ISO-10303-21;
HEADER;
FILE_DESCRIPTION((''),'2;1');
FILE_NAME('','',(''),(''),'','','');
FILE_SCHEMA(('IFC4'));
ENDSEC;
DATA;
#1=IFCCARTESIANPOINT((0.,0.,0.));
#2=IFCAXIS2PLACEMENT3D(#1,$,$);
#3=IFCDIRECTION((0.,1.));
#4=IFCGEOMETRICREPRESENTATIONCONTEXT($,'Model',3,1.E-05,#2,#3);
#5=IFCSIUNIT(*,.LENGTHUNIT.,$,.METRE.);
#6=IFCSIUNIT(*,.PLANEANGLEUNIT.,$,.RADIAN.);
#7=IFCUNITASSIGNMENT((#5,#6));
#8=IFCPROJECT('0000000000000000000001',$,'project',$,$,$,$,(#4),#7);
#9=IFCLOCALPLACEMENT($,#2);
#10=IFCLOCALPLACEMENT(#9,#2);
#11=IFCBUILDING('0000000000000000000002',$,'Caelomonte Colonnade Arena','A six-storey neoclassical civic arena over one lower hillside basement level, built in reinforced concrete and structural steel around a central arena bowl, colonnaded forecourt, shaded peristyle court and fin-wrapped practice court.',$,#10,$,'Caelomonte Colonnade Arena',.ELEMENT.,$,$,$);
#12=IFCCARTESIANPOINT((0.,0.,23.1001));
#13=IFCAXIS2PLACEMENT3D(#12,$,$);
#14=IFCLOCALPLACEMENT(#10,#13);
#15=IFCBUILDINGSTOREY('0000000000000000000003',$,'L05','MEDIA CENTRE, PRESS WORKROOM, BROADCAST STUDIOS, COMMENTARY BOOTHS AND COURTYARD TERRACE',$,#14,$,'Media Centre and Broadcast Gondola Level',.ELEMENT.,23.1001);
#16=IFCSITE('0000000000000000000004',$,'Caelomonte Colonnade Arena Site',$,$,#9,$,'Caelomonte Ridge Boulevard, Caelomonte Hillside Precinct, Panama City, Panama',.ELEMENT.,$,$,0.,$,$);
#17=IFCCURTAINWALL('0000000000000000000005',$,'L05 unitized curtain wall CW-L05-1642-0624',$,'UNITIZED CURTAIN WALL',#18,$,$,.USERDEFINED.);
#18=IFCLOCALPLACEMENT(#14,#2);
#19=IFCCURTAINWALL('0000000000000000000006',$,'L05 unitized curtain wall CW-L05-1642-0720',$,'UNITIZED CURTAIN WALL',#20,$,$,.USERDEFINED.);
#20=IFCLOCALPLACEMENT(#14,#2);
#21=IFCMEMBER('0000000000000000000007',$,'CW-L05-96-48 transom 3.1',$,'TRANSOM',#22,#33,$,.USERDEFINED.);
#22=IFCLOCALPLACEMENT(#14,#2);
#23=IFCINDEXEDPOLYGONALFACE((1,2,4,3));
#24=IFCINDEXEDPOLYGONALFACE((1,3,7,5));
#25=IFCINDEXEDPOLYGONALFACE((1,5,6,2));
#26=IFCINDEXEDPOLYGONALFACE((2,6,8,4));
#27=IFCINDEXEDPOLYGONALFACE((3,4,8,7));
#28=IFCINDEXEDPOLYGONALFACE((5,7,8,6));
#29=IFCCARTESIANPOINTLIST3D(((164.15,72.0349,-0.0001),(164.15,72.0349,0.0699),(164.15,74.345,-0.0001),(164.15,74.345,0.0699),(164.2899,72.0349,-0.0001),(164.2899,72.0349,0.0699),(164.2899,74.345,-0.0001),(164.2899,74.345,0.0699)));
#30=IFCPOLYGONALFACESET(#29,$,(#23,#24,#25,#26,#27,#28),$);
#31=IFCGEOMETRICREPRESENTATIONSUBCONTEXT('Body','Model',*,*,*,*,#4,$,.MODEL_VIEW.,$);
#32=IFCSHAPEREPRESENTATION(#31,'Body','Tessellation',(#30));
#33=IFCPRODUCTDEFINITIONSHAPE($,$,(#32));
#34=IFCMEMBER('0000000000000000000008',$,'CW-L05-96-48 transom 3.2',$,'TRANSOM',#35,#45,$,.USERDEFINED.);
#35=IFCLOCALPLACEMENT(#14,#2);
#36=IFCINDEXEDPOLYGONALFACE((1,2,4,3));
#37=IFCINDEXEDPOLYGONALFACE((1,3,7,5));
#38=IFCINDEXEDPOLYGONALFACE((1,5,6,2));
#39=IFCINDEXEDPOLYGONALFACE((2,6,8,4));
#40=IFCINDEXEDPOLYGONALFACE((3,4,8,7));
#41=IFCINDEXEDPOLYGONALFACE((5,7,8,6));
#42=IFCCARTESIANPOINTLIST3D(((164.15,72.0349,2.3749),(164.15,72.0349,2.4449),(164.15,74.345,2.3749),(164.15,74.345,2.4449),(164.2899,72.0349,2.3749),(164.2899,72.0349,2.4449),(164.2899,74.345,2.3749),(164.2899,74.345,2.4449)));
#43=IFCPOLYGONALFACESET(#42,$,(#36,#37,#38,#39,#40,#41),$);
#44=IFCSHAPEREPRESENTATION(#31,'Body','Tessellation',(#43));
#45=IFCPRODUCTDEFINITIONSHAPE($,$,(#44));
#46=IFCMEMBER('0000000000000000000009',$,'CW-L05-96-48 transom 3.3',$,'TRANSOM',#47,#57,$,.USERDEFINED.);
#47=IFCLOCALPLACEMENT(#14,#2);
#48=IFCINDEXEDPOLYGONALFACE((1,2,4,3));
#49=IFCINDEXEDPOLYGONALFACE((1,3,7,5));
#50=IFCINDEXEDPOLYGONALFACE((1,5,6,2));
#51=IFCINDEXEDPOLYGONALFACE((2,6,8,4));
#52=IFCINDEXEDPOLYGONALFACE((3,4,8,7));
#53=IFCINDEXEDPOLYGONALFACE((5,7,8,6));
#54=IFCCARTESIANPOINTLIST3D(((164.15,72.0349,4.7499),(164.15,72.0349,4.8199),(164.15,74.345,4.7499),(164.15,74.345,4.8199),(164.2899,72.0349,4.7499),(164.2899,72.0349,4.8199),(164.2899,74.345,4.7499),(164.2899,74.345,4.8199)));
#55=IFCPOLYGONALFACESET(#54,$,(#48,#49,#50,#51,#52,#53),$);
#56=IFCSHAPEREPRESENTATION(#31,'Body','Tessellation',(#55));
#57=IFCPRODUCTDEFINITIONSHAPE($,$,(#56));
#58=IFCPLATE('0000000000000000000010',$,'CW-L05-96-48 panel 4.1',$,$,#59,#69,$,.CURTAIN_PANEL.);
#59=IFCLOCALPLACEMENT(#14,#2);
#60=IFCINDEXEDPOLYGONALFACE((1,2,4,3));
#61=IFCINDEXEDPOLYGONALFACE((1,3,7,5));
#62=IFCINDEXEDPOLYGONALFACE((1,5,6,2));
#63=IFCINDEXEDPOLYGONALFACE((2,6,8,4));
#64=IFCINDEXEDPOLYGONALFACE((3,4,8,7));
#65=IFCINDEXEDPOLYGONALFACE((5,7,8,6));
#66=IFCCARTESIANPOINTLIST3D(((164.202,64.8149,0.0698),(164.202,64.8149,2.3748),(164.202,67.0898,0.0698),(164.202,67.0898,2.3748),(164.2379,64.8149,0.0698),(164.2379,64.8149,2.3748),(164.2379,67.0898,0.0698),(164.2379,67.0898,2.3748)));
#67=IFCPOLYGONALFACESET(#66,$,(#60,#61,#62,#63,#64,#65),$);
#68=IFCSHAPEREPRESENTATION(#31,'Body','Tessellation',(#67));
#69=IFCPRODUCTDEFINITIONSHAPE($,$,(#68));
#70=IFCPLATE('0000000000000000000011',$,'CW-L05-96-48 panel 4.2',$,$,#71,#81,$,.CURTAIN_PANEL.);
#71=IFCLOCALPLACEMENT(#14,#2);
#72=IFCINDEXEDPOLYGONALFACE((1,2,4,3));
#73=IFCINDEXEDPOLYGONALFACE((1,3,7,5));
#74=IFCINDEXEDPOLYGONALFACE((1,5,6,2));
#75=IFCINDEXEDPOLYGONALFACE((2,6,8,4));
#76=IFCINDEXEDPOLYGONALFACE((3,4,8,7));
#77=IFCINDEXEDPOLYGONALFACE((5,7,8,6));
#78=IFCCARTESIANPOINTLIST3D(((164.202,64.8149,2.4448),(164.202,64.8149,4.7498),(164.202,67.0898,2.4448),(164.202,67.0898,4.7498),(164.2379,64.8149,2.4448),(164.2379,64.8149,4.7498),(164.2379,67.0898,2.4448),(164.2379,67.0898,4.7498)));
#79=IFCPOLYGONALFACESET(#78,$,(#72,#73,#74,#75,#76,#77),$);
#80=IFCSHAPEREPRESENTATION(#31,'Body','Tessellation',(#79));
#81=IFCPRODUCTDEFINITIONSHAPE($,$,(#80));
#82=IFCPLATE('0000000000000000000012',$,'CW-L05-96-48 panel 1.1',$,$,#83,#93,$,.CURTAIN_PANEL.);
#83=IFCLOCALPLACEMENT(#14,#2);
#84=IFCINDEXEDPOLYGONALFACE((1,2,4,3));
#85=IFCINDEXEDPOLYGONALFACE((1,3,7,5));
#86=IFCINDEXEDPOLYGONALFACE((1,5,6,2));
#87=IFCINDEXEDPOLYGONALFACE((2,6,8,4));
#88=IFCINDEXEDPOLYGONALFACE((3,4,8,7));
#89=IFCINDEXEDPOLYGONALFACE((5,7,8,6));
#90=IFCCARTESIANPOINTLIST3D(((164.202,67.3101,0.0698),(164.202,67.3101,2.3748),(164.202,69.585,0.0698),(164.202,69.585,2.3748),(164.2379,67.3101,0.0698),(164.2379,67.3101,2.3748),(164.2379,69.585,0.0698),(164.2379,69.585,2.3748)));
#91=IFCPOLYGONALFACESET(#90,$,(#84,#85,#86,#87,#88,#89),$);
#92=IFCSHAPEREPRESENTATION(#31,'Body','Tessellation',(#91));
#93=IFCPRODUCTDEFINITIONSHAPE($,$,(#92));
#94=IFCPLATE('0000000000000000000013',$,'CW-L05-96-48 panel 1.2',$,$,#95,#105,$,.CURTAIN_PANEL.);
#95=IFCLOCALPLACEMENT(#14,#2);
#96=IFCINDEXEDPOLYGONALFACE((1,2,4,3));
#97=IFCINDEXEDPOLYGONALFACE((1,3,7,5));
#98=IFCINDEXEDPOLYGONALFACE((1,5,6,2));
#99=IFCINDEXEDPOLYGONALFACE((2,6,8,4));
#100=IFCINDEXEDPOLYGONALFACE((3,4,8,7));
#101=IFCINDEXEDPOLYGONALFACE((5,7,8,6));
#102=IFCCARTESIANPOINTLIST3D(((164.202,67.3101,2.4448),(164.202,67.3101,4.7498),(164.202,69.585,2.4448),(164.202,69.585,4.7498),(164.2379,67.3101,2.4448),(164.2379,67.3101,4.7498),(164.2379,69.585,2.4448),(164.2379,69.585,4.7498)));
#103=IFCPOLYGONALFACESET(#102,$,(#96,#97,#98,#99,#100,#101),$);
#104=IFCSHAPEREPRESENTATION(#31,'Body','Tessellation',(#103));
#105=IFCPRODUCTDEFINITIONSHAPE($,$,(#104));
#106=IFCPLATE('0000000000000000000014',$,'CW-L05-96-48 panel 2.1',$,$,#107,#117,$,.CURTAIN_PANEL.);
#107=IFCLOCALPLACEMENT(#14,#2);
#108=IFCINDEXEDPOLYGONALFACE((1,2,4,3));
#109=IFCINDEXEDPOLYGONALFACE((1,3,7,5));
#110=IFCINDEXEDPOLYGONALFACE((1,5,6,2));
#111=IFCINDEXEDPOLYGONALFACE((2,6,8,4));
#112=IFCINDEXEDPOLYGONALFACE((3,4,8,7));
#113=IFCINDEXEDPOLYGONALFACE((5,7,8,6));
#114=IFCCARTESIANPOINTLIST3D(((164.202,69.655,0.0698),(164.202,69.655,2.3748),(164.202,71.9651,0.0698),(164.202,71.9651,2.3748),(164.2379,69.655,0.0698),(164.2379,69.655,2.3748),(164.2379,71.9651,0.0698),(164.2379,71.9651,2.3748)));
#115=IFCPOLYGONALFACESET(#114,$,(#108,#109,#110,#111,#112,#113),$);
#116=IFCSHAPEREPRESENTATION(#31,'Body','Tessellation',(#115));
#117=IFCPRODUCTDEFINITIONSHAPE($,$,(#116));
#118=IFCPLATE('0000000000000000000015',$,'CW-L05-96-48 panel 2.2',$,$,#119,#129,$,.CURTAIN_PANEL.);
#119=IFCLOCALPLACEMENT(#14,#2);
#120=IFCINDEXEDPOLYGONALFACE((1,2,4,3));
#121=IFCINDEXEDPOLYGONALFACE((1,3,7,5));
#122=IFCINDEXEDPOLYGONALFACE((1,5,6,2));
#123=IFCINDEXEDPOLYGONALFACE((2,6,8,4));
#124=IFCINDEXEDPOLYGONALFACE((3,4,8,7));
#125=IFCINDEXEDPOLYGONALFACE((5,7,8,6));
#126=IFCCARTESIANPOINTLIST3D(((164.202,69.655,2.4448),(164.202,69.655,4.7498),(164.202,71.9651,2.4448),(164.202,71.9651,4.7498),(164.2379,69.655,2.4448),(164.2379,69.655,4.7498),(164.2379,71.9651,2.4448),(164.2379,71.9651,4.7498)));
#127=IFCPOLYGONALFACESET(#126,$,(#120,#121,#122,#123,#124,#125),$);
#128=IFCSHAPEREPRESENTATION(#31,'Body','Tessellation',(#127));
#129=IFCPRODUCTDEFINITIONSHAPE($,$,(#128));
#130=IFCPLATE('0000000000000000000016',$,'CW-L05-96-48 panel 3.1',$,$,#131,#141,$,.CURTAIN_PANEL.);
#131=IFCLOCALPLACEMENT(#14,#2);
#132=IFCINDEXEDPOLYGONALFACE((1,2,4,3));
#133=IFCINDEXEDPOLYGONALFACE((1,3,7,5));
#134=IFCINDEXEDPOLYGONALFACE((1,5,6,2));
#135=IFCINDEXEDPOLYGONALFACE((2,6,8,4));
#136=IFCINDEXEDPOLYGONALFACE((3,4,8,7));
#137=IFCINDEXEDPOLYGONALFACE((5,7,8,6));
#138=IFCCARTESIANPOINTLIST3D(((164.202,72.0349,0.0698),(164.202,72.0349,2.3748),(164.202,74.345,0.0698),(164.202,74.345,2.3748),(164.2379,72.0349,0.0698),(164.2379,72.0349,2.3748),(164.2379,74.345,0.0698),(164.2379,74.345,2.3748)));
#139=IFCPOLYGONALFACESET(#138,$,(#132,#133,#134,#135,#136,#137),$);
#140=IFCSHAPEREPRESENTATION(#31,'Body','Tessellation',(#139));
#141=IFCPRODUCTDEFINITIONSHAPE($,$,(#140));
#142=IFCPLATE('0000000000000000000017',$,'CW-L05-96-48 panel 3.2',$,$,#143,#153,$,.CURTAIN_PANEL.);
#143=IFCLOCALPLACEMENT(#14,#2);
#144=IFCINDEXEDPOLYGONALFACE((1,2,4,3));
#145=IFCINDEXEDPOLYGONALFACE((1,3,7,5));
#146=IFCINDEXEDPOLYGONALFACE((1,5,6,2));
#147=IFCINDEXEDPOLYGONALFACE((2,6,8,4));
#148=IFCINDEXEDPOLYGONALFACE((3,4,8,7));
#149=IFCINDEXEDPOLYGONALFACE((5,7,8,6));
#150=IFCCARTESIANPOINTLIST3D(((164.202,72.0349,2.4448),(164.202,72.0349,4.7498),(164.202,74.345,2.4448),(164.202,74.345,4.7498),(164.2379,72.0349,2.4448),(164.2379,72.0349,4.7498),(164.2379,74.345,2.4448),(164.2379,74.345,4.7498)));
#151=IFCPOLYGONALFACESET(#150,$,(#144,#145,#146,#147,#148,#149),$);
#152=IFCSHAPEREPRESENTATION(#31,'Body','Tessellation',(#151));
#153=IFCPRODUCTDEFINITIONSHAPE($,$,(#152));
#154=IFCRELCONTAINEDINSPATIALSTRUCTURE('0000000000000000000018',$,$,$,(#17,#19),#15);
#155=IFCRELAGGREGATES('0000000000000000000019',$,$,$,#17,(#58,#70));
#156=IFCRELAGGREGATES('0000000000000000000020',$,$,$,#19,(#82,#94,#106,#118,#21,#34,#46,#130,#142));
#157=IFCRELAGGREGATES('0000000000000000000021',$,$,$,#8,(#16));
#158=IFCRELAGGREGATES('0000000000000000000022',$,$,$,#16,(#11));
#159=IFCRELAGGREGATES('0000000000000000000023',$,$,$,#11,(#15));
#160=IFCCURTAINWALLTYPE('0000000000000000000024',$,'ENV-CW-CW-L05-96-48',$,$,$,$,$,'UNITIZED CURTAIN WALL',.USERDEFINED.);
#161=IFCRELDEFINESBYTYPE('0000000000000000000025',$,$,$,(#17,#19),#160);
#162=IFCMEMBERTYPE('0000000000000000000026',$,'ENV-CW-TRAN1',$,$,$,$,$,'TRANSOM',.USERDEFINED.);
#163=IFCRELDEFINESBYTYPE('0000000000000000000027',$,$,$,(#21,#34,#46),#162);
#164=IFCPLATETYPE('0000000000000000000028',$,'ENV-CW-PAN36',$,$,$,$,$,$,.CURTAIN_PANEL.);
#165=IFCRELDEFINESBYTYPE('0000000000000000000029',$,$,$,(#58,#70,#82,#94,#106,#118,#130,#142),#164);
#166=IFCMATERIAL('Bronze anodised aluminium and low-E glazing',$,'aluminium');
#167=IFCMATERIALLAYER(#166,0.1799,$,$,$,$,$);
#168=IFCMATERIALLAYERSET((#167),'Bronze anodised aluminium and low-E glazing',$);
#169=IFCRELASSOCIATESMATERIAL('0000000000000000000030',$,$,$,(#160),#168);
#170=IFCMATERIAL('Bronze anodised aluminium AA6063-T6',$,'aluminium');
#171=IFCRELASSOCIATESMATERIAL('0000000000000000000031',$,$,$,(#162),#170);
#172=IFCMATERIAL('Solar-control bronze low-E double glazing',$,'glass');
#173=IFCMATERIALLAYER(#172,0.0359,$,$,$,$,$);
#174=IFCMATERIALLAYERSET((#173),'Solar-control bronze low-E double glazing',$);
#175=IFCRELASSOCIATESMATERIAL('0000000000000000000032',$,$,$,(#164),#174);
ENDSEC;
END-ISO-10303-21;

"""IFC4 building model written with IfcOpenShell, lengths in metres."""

from ifc_helpers import new_model, si_unit, direction, frame, origin, origin_2d, place, context, subcontext, project, spatial, rectangle, extrude, material, layer, layer_set, material_profile, profile_set, type_object, element, aggregate, save


model = new_model("IFC4")

# Units and contexts
model_context = context("Model", 3, precision=1e-05, world=origin(), true_north=direction((0.0, 1.0)))
body_context = subcontext(model_context, "Body", "Model", "MODEL_VIEW")
ifc_project = project(units=[si_unit("LENGTHUNIT", "METRE"), si_unit("PLANEANGLEUNIT", "RADIAN")], contexts=[model_context])

# Site, building, storey
site_placement = place(None, origin())
site = spatial("IfcSite", under=ifc_project, at=site_placement, Name="Caelomonte Colonnade Arena Site", LongName="Caelomonte Ridge Boulevard, Caelomonte Hillside Precinct, Panama City, Panama", CompositionType="ELEMENT", RefElevation=0.0)
building_placement = place(site_placement, origin())
building = spatial("IfcBuilding", under=site, at=building_placement, Name="Caelomonte Colonnade Arena", Description="A six-storey neoclassical civic arena over one lower hillside basement level, built in reinforced concrete and structural steel around a central arena bowl, colonnaded forecourt, shaded peristyle court and fin-wrapped practice court.", LongName="Caelomonte Colonnade Arena", CompositionType="ELEMENT")
storey_placement = place(building_placement, frame((0.0, 0.0, 23.1001)))
storey = spatial("IfcBuildingStorey", under=building, at=storey_placement, Name="L05", Description="MEDIA CENTRE, PRESS WORKROOM, BROADCAST STUDIOS, COMMENTARY BOOTHS AND COURTYARD TERRACE", LongName="Media Centre and Broadcast Gondola Level", CompositionType="ELEMENT", Elevation=23.1001)

# Curtain walls
ifc_material_1 = material(Name="Bronze anodised aluminium and low-E glazing", Category="aluminium")
ifc_layer_1 = layer(ifc_material_1, 0.1799)
ifc_layer_set_1 = layer_set([ifc_layer_1], Name="Bronze anodised aluminium and low-E glazing")
curtain_wall_type = type_object("IfcCurtainWallType", Name="ENV-CW-CW-L05-96-48", ElementType="UNITIZED CURTAIN WALL", PredefinedType="USERDEFINED", material=ifc_layer_set_1)
curtain_wall_1_placement = place(storey_placement, origin())
curtain_wall_1 = element("IfcCurtainWall", 1, at=curtain_wall_1_placement, inside=storey, type_object=curtain_wall_type, Name="L05 unitized curtain wall CW-L05-1642-0624", ObjectType="UNITIZED CURTAIN WALL", PredefinedType="USERDEFINED")
ifc_material_2 = material(Name="Bronze anodised aluminium AA6063-T6", Category="aluminium")
curtain_wall_2_placement = place(storey_placement, origin())
curtain_wall_2 = element("IfcCurtainWall", 2, at=curtain_wall_2_placement, inside=storey, type_object=curtain_wall_type, Name="L05 unitized curtain wall CW-L05-1642-0720", ObjectType="UNITIZED CURTAIN WALL", PredefinedType="USERDEFINED")

# Members
ifc_material_profile_1 = material_profile(ifc_material_2, rectangle(XDim=0.0701, YDim=0.1399, at=origin_2d()), Name="CWT-70X140")
ifc_profile_set_1 = profile_set([ifc_material_profile_1], Name="Bronze anodised aluminium AA6063-T6")
member_type_1 = type_object("IfcMemberType", Name="ENV-CW-TRAN1", ElementType="TRANSOM", PredefinedType="USERDEFINED", material=ifc_profile_set_1)
member_1_placement = place(storey_placement, frame((164.22, 72.0349, 0.0349), z_axis=(0.0, 1.0, 0.0), x_axis=(0.0, 0.0, 1.0)))
member_1 = element("IfcMember", 3, at=member_1_placement, type_object=member_type_1, Name="CW-L05-96-48 transom 3.1", ObjectType="TRANSOM", PredefinedType="USERDEFINED", context=body_context, shape_type="SweptSolid", body=[
    extrude(rectangle(XDim=0.0701, YDim=0.1399, at=origin_2d()), origin(), (0.0, 0.0, 1.0), 2.3101),
])
member_2_placement = place(storey_placement, frame((164.22, 72.0349, 2.4099), z_axis=(0.0, 1.0, 0.0), x_axis=(0.0, 0.0, 1.0)))
member_2 = element("IfcMember", 4, at=member_2_placement, type_object=member_type_1, Name="CW-L05-96-48 transom 3.2", ObjectType="TRANSOM", PredefinedType="USERDEFINED", context=body_context, shape_type="SweptSolid", body=[
    extrude(rectangle(XDim=0.0701, YDim=0.1399, at=origin_2d()), origin(), (0.0, 0.0, 1.0), 2.3101),
])
member_3_placement = place(storey_placement, frame((164.22, 72.0349, 4.7849), z_axis=(0.0, 1.0, 0.0), x_axis=(0.0, 0.0, 1.0)))
member_3 = element("IfcMember", 5, at=member_3_placement, type_object=member_type_1, Name="CW-L05-96-48 transom 3.3", ObjectType="TRANSOM", PredefinedType="USERDEFINED", context=body_context, shape_type="SweptSolid", body=[
    extrude(rectangle(XDim=0.0701, YDim=0.1399, at=origin_2d()), origin(), (0.0, 0.0, 1.0), 2.3101),
])

# Plates
ifc_material_3 = material(Name="Solar-control bronze low-E double glazing", Category="glass")
ifc_layer_2 = layer(ifc_material_3, 0.0359)
ifc_layer_set_2 = layer_set([ifc_layer_2], Name="Solar-control bronze low-E double glazing")
plate_type = type_object("IfcPlateType", Name="ENV-CW-PAN36", PredefinedType="CURTAIN_PANEL", material=ifc_layer_set_2)
plate_1_placement = place(storey_placement, frame((164.22, 65.9524, 0.0698), z_axis=(0.0, 0.0, 1.0), x_axis=(0.0, 1.0, 0.0)))
plate_1 = element("IfcPlate", 6, at=plate_1_placement, type_object=plate_type, Name="CW-L05-96-48 panel 4.1", PredefinedType="CURTAIN_PANEL", context=body_context, shape_type="SweptSolid", body=[
    extrude(rectangle(XDim=2.2749, YDim=0.0359, at=origin_2d()), origin(), (0.0, 0.0, 1.0), 2.3049),
])
plate_2_placement = place(storey_placement, frame((164.22, 65.9524, 2.4448), z_axis=(0.0, 0.0, 1.0), x_axis=(0.0, 1.0, 0.0)))
plate_2 = element("IfcPlate", 7, at=plate_2_placement, type_object=plate_type, Name="CW-L05-96-48 panel 4.2", PredefinedType="CURTAIN_PANEL", context=body_context, shape_type="SweptSolid", body=[
    extrude(rectangle(XDim=2.2749, YDim=0.0359, at=origin_2d()), origin(), (0.0, 0.0, 1.0), 2.3049),
])
aggregate(curtain_wall_1, [plate_1, plate_2])
plate_3_placement = place(storey_placement, frame((164.22, 68.4475, 0.0698), z_axis=(0.0, 0.0, 1.0), x_axis=(0.0, 1.0, 0.0)))
plate_3 = element("IfcPlate", 8, at=plate_3_placement, type_object=plate_type, Name="CW-L05-96-48 panel 1.1", PredefinedType="CURTAIN_PANEL", context=body_context, shape_type="SweptSolid", body=[
    extrude(rectangle(XDim=2.2749, YDim=0.0359, at=origin_2d()), origin(), (0.0, 0.0, 1.0), 2.3049),
])
plate_4_placement = place(storey_placement, frame((164.22, 68.4475, 2.4448), z_axis=(0.0, 0.0, 1.0), x_axis=(0.0, 1.0, 0.0)))
plate_4 = element("IfcPlate", 9, at=plate_4_placement, type_object=plate_type, Name="CW-L05-96-48 panel 1.2", PredefinedType="CURTAIN_PANEL", context=body_context, shape_type="SweptSolid", body=[
    extrude(rectangle(XDim=2.2749, YDim=0.0359, at=origin_2d()), origin(), (0.0, 0.0, 1.0), 2.3049),
])
plate_5_placement = place(storey_placement, frame((164.22, 70.8101, 0.0698), z_axis=(0.0, 0.0, 1.0), x_axis=(0.0, 1.0, 0.0)))
plate_5 = element("IfcPlate", 10, at=plate_5_placement, type_object=plate_type, Name="CW-L05-96-48 panel 2.1", PredefinedType="CURTAIN_PANEL", context=body_context, shape_type="SweptSolid", body=[
    extrude(rectangle(XDim=2.3101, YDim=0.0359, at=origin_2d()), origin(), (0.0, 0.0, 1.0), 2.3049),
])
plate_6_placement = place(storey_placement, frame((164.22, 70.8101, 2.4448), z_axis=(0.0, 0.0, 1.0), x_axis=(0.0, 1.0, 0.0)))
plate_6 = element("IfcPlate", 11, at=plate_6_placement, type_object=plate_type, Name="CW-L05-96-48 panel 2.2", PredefinedType="CURTAIN_PANEL", context=body_context, shape_type="SweptSolid", body=[
    extrude(rectangle(XDim=2.3101, YDim=0.0359, at=origin_2d()), origin(), (0.0, 0.0, 1.0), 2.3049),
])
plate_7_placement = place(storey_placement, frame((164.22, 73.1899, 0.0698), z_axis=(0.0, 0.0, 1.0), x_axis=(0.0, 1.0, 0.0)))
plate_7 = element("IfcPlate", 12, at=plate_7_placement, type_object=plate_type, Name="CW-L05-96-48 panel 3.1", PredefinedType="CURTAIN_PANEL", context=body_context, shape_type="SweptSolid", body=[
    extrude(rectangle(XDim=2.3101, YDim=0.0359, at=origin_2d()), origin(), (0.0, 0.0, 1.0), 2.3049),
])
plate_8_placement = place(storey_placement, frame((164.22, 73.1899, 2.4448), z_axis=(0.0, 0.0, 1.0), x_axis=(0.0, 1.0, 0.0)))
plate_8 = element("IfcPlate", 13, at=plate_8_placement, type_object=plate_type, Name="CW-L05-96-48 panel 3.2", PredefinedType="CURTAIN_PANEL", context=body_context, shape_type="SweptSolid", body=[
    extrude(rectangle(XDim=2.3101, YDim=0.0359, at=origin_2d()), origin(), (0.0, 0.0, 1.0), 2.3049),
])
aggregate(curtain_wall_2, [plate_3, plate_4, plate_5, plate_6, member_1, member_2, member_3, plate_7, plate_8])

save(model, "model.ifc")
